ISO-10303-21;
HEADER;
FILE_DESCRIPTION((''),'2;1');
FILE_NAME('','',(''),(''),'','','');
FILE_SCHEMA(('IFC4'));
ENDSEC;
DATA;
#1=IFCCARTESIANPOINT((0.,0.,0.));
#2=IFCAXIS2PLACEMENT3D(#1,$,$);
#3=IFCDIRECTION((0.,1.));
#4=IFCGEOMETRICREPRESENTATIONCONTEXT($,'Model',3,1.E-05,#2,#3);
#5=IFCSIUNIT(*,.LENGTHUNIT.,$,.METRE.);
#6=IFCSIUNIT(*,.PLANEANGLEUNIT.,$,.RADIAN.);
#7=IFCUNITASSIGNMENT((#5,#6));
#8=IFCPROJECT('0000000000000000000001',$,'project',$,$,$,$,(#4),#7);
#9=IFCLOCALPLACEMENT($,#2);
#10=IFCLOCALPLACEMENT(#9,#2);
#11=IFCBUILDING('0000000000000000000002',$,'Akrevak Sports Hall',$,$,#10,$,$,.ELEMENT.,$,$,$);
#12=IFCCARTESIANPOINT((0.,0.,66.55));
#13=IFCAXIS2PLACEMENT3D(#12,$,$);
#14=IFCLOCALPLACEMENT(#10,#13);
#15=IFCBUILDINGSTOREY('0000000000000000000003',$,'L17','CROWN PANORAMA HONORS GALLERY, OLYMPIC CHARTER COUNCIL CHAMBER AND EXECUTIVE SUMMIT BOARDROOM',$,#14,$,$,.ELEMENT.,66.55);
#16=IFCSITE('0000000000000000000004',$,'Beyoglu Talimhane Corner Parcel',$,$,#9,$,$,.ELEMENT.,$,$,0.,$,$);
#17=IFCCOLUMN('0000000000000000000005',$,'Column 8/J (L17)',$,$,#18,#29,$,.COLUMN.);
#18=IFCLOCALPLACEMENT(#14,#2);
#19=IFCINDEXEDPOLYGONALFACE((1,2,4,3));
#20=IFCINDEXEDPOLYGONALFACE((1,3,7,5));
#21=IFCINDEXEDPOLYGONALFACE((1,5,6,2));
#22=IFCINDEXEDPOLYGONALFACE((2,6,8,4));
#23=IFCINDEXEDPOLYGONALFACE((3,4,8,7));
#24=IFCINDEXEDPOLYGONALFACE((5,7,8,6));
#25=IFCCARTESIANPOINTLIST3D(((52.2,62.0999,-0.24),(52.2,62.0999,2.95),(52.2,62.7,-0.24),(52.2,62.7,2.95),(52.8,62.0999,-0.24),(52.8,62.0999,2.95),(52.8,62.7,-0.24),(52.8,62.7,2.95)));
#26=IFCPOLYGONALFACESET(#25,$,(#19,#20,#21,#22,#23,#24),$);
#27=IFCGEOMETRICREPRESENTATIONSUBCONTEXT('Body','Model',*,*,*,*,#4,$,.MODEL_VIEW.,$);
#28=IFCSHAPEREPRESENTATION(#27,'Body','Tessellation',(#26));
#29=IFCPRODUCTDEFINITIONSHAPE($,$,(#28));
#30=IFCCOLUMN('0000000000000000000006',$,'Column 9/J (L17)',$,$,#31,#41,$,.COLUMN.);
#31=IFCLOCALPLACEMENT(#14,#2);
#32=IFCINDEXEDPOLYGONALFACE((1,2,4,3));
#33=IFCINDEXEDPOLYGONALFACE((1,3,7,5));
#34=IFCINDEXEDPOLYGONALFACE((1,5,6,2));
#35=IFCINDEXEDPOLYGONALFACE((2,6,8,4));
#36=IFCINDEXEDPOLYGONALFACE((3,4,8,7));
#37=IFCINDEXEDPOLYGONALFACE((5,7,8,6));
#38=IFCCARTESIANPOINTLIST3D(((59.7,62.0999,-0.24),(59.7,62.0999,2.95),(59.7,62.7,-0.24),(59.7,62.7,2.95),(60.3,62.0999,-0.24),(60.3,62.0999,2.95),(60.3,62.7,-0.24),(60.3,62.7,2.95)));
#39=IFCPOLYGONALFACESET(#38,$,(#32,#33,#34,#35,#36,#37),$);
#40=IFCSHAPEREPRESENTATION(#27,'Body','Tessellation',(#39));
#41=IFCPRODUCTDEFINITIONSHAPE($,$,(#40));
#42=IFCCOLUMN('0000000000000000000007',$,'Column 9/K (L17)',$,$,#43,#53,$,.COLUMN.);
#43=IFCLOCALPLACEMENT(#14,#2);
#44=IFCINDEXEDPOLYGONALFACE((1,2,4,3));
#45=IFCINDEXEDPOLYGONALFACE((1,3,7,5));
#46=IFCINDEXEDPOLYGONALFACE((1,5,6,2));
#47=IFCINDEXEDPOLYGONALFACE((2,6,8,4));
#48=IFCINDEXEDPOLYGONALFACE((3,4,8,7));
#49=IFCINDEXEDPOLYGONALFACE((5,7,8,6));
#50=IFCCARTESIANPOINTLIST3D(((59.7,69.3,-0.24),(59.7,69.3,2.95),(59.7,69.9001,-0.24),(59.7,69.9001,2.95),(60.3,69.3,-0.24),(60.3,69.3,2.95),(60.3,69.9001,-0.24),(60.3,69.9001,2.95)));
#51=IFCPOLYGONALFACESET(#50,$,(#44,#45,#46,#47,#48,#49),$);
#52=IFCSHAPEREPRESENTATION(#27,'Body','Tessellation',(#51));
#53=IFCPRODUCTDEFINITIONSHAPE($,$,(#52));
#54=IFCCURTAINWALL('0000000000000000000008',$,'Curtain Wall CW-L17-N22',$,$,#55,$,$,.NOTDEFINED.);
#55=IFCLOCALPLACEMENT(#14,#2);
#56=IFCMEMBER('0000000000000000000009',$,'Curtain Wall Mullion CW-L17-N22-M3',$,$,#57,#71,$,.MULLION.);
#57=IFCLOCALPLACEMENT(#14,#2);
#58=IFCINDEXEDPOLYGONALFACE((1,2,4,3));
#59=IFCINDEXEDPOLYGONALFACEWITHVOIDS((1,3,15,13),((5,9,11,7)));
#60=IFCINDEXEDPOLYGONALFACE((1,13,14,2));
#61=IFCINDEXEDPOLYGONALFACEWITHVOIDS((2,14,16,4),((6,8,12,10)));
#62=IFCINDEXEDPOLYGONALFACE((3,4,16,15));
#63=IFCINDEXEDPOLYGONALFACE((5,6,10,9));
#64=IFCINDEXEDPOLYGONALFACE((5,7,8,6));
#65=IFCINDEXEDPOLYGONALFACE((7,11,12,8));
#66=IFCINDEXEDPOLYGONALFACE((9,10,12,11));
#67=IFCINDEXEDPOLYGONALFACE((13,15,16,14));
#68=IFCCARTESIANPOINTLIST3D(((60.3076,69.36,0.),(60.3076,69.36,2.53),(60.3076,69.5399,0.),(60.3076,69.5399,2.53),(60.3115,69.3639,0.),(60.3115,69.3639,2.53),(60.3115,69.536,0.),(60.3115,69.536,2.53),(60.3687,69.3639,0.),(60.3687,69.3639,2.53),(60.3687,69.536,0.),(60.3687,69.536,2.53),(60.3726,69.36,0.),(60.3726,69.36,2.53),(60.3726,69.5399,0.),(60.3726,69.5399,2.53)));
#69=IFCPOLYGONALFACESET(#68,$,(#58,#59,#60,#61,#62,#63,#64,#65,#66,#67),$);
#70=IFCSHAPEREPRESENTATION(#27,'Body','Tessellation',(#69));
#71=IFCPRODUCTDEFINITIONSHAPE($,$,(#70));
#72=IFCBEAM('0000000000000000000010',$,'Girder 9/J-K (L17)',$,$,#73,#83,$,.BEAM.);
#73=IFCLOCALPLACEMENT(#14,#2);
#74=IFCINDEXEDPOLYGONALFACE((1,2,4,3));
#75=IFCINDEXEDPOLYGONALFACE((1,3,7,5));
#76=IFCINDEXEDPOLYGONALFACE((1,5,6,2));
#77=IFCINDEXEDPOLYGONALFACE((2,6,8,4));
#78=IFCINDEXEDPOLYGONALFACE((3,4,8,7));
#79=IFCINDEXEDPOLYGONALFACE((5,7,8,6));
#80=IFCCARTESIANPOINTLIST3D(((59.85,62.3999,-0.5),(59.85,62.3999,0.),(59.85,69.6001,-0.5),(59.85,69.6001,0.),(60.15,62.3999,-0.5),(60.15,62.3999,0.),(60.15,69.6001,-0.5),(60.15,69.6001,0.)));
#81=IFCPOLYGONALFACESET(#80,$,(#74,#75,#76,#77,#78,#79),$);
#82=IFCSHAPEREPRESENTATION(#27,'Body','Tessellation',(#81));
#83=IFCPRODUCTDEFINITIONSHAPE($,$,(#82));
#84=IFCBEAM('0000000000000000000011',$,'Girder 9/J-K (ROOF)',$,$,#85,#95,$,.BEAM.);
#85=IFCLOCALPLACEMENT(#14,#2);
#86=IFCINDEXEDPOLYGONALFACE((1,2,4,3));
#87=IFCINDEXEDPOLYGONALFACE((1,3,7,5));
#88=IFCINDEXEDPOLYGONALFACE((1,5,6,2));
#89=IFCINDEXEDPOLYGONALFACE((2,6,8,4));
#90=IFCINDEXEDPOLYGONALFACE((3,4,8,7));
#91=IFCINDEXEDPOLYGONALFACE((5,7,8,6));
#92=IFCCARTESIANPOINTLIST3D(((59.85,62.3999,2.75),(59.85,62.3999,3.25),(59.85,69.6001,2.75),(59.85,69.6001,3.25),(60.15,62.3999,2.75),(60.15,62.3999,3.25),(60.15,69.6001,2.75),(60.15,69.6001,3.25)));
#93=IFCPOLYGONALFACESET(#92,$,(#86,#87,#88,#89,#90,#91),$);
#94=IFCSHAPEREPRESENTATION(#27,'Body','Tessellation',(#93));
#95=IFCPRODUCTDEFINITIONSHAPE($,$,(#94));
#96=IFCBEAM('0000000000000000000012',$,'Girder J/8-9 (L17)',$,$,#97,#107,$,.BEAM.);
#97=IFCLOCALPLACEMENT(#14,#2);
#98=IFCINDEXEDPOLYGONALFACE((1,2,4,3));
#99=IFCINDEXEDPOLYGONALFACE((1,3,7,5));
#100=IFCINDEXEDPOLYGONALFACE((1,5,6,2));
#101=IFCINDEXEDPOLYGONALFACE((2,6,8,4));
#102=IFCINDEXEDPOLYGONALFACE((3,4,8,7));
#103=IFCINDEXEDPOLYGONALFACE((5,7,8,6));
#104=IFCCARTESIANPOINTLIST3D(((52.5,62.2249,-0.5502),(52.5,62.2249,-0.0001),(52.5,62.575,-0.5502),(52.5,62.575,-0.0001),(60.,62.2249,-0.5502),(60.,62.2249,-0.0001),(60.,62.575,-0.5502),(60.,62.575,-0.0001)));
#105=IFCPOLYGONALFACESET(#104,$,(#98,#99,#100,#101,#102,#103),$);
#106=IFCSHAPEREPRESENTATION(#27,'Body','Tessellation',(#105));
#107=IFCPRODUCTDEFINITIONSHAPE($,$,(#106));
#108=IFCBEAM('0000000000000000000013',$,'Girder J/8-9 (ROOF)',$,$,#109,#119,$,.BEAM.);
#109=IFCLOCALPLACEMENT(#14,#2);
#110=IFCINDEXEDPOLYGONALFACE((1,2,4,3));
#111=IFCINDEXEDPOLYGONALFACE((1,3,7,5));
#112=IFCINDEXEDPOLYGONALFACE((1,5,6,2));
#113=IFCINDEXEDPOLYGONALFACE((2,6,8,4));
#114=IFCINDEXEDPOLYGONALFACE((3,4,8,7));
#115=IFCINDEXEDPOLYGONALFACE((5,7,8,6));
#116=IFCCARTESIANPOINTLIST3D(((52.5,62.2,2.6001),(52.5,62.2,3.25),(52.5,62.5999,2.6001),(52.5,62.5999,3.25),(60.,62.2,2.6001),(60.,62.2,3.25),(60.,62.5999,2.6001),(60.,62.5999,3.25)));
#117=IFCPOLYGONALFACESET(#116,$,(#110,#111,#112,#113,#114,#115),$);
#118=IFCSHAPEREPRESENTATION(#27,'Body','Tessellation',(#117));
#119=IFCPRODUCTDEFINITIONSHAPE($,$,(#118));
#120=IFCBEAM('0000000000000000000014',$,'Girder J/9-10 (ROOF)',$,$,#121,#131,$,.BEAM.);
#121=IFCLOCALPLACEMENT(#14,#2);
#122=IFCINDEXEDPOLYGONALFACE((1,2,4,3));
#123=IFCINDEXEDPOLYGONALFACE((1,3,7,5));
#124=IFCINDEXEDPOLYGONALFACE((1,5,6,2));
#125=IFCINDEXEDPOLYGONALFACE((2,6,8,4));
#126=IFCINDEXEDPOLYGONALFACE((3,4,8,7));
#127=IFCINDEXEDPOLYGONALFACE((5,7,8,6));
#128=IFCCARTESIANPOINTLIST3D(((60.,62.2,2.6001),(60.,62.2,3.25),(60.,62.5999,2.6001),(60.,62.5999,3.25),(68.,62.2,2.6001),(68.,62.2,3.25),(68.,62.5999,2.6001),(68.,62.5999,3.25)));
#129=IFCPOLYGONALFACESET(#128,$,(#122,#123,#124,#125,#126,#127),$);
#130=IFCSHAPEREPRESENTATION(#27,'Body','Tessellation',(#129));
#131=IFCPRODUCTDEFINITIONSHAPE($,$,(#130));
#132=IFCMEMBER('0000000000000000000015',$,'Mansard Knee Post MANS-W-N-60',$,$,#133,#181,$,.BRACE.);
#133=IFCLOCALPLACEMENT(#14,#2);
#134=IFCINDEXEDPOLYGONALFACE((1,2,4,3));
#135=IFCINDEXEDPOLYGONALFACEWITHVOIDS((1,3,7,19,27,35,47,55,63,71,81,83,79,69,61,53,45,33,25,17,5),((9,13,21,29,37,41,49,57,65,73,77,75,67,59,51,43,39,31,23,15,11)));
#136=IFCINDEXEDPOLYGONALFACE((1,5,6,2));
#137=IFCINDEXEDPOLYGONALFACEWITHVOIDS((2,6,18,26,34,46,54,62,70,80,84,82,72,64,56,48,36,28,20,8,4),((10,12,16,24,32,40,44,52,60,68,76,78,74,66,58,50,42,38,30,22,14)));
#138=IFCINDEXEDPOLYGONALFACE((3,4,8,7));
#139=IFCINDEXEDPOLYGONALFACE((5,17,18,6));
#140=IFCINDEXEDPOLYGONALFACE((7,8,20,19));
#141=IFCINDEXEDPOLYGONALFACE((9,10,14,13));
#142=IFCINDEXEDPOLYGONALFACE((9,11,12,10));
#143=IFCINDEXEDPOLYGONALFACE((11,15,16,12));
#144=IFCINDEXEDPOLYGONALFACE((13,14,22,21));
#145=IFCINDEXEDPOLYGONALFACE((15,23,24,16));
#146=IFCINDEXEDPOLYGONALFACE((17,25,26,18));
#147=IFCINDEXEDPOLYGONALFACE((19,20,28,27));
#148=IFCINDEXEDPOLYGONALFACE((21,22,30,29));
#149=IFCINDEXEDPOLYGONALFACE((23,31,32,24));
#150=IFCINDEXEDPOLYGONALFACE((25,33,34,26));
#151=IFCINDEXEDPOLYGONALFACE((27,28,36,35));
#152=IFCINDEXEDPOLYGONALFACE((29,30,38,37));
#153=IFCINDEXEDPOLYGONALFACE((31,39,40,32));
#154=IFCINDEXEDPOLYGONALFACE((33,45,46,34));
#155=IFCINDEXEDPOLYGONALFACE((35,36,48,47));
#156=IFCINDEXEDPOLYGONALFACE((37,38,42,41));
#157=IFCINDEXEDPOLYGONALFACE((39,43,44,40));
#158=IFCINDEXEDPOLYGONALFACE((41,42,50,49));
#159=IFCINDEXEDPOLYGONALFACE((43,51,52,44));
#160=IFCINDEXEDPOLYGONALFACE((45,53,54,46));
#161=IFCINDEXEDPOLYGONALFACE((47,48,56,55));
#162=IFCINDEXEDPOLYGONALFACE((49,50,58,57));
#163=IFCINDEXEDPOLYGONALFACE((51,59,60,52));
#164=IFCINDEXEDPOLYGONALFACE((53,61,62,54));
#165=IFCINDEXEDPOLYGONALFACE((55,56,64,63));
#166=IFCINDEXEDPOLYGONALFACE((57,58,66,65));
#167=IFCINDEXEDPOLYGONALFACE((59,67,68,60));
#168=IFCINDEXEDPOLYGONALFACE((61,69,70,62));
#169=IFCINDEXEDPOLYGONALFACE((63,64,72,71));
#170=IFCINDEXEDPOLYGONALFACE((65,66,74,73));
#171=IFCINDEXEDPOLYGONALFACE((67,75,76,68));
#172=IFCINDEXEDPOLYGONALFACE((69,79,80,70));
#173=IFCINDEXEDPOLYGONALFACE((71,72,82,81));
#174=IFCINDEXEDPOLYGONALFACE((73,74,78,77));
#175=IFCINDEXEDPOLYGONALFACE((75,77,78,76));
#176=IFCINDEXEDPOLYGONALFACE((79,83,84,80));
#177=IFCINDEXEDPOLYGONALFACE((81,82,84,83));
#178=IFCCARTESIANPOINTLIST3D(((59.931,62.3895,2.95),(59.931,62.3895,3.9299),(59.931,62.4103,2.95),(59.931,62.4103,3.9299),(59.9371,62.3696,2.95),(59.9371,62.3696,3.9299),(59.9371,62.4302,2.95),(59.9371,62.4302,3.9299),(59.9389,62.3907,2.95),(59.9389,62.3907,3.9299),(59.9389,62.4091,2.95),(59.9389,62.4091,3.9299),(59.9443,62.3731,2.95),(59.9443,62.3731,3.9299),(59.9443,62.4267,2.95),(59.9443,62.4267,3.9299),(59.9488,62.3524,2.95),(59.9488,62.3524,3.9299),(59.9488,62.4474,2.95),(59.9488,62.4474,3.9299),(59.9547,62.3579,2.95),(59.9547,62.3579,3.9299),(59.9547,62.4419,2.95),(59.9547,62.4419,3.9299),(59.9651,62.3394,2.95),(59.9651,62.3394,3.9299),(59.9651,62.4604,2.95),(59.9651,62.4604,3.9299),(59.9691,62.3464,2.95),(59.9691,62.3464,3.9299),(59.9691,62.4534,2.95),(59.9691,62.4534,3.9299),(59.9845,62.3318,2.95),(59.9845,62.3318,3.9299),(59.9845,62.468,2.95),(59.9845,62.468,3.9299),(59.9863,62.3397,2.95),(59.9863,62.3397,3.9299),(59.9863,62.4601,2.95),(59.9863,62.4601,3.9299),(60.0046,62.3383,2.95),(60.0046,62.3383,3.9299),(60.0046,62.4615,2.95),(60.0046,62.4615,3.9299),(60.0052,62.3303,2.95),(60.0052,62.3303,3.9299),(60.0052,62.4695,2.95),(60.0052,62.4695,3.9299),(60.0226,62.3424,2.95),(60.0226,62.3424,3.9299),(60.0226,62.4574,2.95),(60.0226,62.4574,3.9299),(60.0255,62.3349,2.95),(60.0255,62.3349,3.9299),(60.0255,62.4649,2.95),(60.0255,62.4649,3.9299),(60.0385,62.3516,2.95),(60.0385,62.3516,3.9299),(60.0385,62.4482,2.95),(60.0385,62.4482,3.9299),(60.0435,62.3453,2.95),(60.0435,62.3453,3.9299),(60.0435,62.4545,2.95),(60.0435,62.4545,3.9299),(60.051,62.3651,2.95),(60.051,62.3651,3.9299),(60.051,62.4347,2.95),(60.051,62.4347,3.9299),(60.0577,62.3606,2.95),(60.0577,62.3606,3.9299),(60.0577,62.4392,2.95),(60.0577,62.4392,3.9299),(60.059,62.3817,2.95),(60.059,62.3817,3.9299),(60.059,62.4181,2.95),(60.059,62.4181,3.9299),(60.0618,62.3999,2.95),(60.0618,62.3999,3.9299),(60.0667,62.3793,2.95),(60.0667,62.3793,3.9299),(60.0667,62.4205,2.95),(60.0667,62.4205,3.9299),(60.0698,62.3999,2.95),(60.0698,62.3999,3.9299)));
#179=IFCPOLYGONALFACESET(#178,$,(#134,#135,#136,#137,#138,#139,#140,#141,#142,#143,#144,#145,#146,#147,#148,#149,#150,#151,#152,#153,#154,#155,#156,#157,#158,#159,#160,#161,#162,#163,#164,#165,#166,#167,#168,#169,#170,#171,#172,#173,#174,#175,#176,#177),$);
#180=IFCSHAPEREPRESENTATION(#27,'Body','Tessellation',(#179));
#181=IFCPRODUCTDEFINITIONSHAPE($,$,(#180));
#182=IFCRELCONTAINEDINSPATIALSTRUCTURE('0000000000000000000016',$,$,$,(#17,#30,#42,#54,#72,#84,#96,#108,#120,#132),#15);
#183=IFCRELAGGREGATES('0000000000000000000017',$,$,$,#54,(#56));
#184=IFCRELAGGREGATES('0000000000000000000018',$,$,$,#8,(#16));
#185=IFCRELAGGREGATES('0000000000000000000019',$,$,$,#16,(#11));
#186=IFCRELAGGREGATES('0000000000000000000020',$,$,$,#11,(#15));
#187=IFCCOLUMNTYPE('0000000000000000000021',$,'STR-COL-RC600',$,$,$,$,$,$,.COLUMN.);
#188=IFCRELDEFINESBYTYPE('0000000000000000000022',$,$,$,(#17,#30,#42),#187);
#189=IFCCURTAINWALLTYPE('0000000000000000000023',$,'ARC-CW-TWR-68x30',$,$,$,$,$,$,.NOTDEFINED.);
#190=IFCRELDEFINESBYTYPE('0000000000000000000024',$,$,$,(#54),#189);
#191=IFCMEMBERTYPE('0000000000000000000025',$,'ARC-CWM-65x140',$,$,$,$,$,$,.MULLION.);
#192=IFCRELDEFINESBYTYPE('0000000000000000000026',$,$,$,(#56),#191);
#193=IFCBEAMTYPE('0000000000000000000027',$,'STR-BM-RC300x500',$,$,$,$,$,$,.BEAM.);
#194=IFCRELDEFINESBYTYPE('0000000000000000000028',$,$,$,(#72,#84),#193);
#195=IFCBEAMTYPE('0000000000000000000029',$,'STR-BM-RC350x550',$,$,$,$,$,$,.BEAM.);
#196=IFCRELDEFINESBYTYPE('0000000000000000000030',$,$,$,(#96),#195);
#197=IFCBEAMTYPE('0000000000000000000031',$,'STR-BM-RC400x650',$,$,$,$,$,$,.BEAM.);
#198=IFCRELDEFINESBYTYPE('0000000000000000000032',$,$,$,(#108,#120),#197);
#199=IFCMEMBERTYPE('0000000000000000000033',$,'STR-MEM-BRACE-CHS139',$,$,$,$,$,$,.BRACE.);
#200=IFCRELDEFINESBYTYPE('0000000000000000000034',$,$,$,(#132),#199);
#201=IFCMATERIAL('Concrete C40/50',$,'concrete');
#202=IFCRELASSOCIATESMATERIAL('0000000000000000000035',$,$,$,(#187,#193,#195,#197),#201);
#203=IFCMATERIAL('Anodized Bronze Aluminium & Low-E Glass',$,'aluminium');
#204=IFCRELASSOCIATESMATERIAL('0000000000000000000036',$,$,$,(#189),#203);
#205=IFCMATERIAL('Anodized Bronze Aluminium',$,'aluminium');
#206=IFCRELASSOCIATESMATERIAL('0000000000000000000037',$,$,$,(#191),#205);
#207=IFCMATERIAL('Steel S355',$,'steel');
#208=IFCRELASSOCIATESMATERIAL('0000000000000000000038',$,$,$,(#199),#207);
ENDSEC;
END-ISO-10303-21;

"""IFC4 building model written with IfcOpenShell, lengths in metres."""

from ifc_helpers import new_model, si_unit, direction, frame, origin, origin_2d, place, context, subcontext, project, spatial, rectangle, hollow_rectangle, hollow_circle, extrude, material, material_profile, profile_set, type_object, element, aggregate, save


model = new_model("IFC4")

# Units and contexts
model_context = context("Model", 3, precision=1e-05, world=origin(), true_north=direction((0.0, 1.0)))
body_context = subcontext(model_context, "Body", "Model", "MODEL_VIEW")
ifc_project = project(units=[si_unit("LENGTHUNIT", "METRE"), si_unit("PLANEANGLEUNIT", "RADIAN")], contexts=[model_context])

# Site, building, storey
site_placement = place(None, origin())
site = spatial("IfcSite", under=ifc_project, at=site_placement, Name="Beyoglu Talimhane Corner Parcel", CompositionType="ELEMENT", RefElevation=0.0)
building_placement = place(site_placement, origin())
building = spatial("IfcBuilding", under=site, at=building_placement, Name="Akrevak Sports Hall", CompositionType="ELEMENT")
storey_placement = place(building_placement, frame((0.0, 0.0, 66.55)))
storey = spatial("IfcBuildingStorey", under=building, at=storey_placement, Name="L17", Description="CROWN PANORAMA HONORS GALLERY, OLYMPIC CHARTER COUNCIL CHAMBER AND EXECUTIVE SUMMIT BOARDROOM", CompositionType="ELEMENT", Elevation=66.55)

# Columns
ifc_material_1 = material(Name="Concrete C40/50", Category="concrete")
ifc_material_profile_1 = material_profile(ifc_material_1, rectangle(XDim=0.6001, YDim=0.6001, at=origin_2d()), Name="RC 600x600", Category="concrete")
ifc_profile_set_1 = profile_set([ifc_material_profile_1], Name="Concrete C40/50")
column_type = type_object("IfcColumnType", Name="STR-COL-RC600", PredefinedType="COLUMN", material=ifc_profile_set_1)
for number, where, z_axis, x_axis, name in (
    (1, (52.5, 62.3999, -0.24), (0.0, 0.0, 1.0), (1.0, 0.0, 0.0), "Column 8/J (L17)"),
    (2, (60.0, 62.3999, -0.24), (0.0, 0.0, 1.0), (1.0, 0.0, 0.0), "Column 9/J (L17)"),
    (3, (60.0, 69.6001, -0.24), (0.0, 0.0, 1.0), (1.0, 0.0, 0.0), "Column 9/K (L17)"),
):
    element("IfcColumn", number, at=place(storey_placement, frame(where, z_axis=z_axis, x_axis=x_axis)), inside=storey, type_object=column_type, Name=name, PredefinedType="COLUMN", context=body_context, shape_type="SweptSolid", body=[
        extrude(rectangle(XDim=0.6001, YDim=0.6001, at=origin_2d()), origin(), (0.0, 0.0, 1.0), 3.1899),
    ])

# Curtain wall, member
ifc_material_2 = material(Name="Anodized Bronze Aluminium & Low-E Glass", Category="aluminium")
curtain_wall_type = type_object("IfcCurtainWallType", Name="ARC-CW-TWR-68x30", PredefinedType="NOTDEFINED", material=ifc_material_2)
curtain_wall_placement = place(storey_placement, origin())
curtain_wall = element("IfcCurtainWall", 4, at=curtain_wall_placement, inside=storey, type_object=curtain_wall_type, Name="Curtain Wall CW-L17-N22", PredefinedType="NOTDEFINED")
ifc_material_3 = material(Name="Anodized Bronze Aluminium", Category="aluminium")
ifc_material_profile_2 = material_profile(ifc_material_3, hollow_rectangle(XDim=0.0649, YDim=0.1799, WallThickness=0.0039, at=origin_2d()), Name="CWM 65x180", Category="aluminium")
ifc_profile_set_2 = profile_set([ifc_material_profile_2], Name="Anodized Bronze Aluminium")
member_type_1 = type_object("IfcMemberType", Name="ARC-CWM-65x140", PredefinedType="MULLION", material=ifc_profile_set_2)
member_1_placement = place(storey_placement, frame((60.3401, 69.45, 0.0), z_axis=(0.0, 0.0, 1.0), x_axis=(-1.0, 0.0, 0.0)))
member_1 = element("IfcMember", 5, at=member_1_placement, type_object=member_type_1, Name="Curtain Wall Mullion CW-L17-N22-M3", PredefinedType="MULLION", context=body_context, shape_type="SweptSolid", body=[
    extrude(hollow_rectangle(XDim=0.0649, YDim=0.1799, WallThickness=0.0039, at=origin_2d()), origin(), (0.0, 0.0, 1.0), 2.53),
])
aggregate(curtain_wall, [member_1])

# Beams
ifc_material_profile_3 = material_profile(ifc_material_1, rectangle(XDim=0.3, YDim=0.5, at=origin_2d()), Name="BM 300x500", Category="concrete")
ifc_profile_set_3 = profile_set([ifc_material_profile_3], Name="Concrete C40/50")
beam_type_1 = type_object("IfcBeamType", Name="STR-BM-RC300x500", PredefinedType="BEAM", material=ifc_profile_set_3)
for number, where, z_axis, x_axis, name in (
    (6, (60.0, 62.3999, -0.25), (0.0, 1.0, 0.0), (-1.0, 0.0, 0.0), "Girder 9/J-K (L17)"),
    (7, (60.0, 62.3999, 3.0), (0.0, 1.0, 0.0), (-1.0, 0.0, 0.0), "Girder 9/J-K (ROOF)"),
):
    element("IfcBeam", number, at=place(storey_placement, frame(where, z_axis=z_axis, x_axis=x_axis)), inside=storey, type_object=beam_type_1, Name=name, PredefinedType="BEAM", context=body_context, shape_type="SweptSolid", body=[
        extrude(rectangle(XDim=0.3, YDim=0.5, at=origin_2d()), origin(), (0.0, 0.0, 1.0), 7.2002),
    ])
ifc_material_profile_4 = material_profile(ifc_material_1, rectangle(XDim=0.3501, YDim=0.55, at=origin_2d()), Name="BM 350x550", Category="concrete")
ifc_profile_set_4 = profile_set([ifc_material_profile_4], Name="Concrete C40/50")
beam_type_2 = type_object("IfcBeamType", Name="STR-BM-RC350x550", PredefinedType="BEAM", material=ifc_profile_set_4)
beam_1_placement = place(storey_placement, frame((52.5, 62.3999, -0.2751), z_axis=(1.0, 0.0, 0.0), x_axis=(0.0, 1.0, 0.0)))
element("IfcBeam", 8, at=beam_1_placement, inside=storey, type_object=beam_type_2, Name="Girder J/8-9 (L17)", PredefinedType="BEAM", context=body_context, shape_type="SweptSolid", body=[
    extrude(rectangle(XDim=0.3501, YDim=0.55, at=origin_2d()), origin(), (0.0, 0.0, 1.0), 7.5),
])
ifc_material_profile_5 = material_profile(ifc_material_1, rectangle(XDim=0.3999, YDim=0.6499, at=origin_2d()), Name="BM 400x650", Category="concrete")
ifc_profile_set_5 = profile_set([ifc_material_profile_5], Name="Concrete C40/50")
beam_type_3 = type_object("IfcBeamType", Name="STR-BM-RC400x650", PredefinedType="BEAM", material=ifc_profile_set_5)
beam_2_placement = place(storey_placement, frame((52.5, 62.3999, 2.925), z_axis=(1.0, 0.0, 0.0), x_axis=(0.0, 1.0, 0.0)))
element("IfcBeam", 9, at=beam_2_placement, inside=storey, type_object=beam_type_3, Name="Girder J/8-9 (ROOF)", PredefinedType="BEAM", context=body_context, shape_type="SweptSolid", body=[
    extrude(rectangle(XDim=0.3999, YDim=0.6499, at=origin_2d()), origin(), (0.0, 0.0, 1.0), 7.5),
])
beam_3_placement = place(storey_placement, frame((60.0, 62.3999, 2.925), z_axis=(1.0, 0.0, 0.0), x_axis=(0.0, 1.0, 0.0)))
element("IfcBeam", 10, at=beam_3_placement, inside=storey, type_object=beam_type_3, Name="Girder J/9-10 (ROOF)", PredefinedType="BEAM", context=body_context, shape_type="SweptSolid", body=[
    extrude(rectangle(XDim=0.3999, YDim=0.6499, at=origin_2d()), origin(), (0.0, 0.0, 1.0), 8.0),
])

# Member
ifc_material_4 = material(Name="Steel S355", Category="steel")
ifc_material_profile_6 = material_profile(ifc_material_4, hollow_circle(Radius=0.0698, WallThickness=0.0081, at=origin_2d()), Name="CHS 139.7x8", Category="steel")
ifc_profile_set_6 = profile_set([ifc_material_profile_6], Name="Steel S355")
member_type_2 = type_object("IfcMemberType", Name="STR-MEM-BRACE-CHS139", PredefinedType="BRACE", material=ifc_profile_set_6)
member_2_placement = place(storey_placement, frame((60.0, 62.3999, 2.95), z_axis=(0.0, 0.0, 1.0), x_axis=(1.0, 0.0, 0.0)))
element("IfcMember", 11, at=member_2_placement, inside=storey, type_object=member_type_2, Name="Mansard Knee Post MANS-W-N-60", PredefinedType="BRACE", context=body_context, shape_type="SweptSolid", body=[
    extrude(hollow_circle(Radius=0.0698, WallThickness=0.0081, at=origin_2d()), origin(), (0.0, 0.0, 1.0), 0.98),
])

save(model, "model.ifc")
